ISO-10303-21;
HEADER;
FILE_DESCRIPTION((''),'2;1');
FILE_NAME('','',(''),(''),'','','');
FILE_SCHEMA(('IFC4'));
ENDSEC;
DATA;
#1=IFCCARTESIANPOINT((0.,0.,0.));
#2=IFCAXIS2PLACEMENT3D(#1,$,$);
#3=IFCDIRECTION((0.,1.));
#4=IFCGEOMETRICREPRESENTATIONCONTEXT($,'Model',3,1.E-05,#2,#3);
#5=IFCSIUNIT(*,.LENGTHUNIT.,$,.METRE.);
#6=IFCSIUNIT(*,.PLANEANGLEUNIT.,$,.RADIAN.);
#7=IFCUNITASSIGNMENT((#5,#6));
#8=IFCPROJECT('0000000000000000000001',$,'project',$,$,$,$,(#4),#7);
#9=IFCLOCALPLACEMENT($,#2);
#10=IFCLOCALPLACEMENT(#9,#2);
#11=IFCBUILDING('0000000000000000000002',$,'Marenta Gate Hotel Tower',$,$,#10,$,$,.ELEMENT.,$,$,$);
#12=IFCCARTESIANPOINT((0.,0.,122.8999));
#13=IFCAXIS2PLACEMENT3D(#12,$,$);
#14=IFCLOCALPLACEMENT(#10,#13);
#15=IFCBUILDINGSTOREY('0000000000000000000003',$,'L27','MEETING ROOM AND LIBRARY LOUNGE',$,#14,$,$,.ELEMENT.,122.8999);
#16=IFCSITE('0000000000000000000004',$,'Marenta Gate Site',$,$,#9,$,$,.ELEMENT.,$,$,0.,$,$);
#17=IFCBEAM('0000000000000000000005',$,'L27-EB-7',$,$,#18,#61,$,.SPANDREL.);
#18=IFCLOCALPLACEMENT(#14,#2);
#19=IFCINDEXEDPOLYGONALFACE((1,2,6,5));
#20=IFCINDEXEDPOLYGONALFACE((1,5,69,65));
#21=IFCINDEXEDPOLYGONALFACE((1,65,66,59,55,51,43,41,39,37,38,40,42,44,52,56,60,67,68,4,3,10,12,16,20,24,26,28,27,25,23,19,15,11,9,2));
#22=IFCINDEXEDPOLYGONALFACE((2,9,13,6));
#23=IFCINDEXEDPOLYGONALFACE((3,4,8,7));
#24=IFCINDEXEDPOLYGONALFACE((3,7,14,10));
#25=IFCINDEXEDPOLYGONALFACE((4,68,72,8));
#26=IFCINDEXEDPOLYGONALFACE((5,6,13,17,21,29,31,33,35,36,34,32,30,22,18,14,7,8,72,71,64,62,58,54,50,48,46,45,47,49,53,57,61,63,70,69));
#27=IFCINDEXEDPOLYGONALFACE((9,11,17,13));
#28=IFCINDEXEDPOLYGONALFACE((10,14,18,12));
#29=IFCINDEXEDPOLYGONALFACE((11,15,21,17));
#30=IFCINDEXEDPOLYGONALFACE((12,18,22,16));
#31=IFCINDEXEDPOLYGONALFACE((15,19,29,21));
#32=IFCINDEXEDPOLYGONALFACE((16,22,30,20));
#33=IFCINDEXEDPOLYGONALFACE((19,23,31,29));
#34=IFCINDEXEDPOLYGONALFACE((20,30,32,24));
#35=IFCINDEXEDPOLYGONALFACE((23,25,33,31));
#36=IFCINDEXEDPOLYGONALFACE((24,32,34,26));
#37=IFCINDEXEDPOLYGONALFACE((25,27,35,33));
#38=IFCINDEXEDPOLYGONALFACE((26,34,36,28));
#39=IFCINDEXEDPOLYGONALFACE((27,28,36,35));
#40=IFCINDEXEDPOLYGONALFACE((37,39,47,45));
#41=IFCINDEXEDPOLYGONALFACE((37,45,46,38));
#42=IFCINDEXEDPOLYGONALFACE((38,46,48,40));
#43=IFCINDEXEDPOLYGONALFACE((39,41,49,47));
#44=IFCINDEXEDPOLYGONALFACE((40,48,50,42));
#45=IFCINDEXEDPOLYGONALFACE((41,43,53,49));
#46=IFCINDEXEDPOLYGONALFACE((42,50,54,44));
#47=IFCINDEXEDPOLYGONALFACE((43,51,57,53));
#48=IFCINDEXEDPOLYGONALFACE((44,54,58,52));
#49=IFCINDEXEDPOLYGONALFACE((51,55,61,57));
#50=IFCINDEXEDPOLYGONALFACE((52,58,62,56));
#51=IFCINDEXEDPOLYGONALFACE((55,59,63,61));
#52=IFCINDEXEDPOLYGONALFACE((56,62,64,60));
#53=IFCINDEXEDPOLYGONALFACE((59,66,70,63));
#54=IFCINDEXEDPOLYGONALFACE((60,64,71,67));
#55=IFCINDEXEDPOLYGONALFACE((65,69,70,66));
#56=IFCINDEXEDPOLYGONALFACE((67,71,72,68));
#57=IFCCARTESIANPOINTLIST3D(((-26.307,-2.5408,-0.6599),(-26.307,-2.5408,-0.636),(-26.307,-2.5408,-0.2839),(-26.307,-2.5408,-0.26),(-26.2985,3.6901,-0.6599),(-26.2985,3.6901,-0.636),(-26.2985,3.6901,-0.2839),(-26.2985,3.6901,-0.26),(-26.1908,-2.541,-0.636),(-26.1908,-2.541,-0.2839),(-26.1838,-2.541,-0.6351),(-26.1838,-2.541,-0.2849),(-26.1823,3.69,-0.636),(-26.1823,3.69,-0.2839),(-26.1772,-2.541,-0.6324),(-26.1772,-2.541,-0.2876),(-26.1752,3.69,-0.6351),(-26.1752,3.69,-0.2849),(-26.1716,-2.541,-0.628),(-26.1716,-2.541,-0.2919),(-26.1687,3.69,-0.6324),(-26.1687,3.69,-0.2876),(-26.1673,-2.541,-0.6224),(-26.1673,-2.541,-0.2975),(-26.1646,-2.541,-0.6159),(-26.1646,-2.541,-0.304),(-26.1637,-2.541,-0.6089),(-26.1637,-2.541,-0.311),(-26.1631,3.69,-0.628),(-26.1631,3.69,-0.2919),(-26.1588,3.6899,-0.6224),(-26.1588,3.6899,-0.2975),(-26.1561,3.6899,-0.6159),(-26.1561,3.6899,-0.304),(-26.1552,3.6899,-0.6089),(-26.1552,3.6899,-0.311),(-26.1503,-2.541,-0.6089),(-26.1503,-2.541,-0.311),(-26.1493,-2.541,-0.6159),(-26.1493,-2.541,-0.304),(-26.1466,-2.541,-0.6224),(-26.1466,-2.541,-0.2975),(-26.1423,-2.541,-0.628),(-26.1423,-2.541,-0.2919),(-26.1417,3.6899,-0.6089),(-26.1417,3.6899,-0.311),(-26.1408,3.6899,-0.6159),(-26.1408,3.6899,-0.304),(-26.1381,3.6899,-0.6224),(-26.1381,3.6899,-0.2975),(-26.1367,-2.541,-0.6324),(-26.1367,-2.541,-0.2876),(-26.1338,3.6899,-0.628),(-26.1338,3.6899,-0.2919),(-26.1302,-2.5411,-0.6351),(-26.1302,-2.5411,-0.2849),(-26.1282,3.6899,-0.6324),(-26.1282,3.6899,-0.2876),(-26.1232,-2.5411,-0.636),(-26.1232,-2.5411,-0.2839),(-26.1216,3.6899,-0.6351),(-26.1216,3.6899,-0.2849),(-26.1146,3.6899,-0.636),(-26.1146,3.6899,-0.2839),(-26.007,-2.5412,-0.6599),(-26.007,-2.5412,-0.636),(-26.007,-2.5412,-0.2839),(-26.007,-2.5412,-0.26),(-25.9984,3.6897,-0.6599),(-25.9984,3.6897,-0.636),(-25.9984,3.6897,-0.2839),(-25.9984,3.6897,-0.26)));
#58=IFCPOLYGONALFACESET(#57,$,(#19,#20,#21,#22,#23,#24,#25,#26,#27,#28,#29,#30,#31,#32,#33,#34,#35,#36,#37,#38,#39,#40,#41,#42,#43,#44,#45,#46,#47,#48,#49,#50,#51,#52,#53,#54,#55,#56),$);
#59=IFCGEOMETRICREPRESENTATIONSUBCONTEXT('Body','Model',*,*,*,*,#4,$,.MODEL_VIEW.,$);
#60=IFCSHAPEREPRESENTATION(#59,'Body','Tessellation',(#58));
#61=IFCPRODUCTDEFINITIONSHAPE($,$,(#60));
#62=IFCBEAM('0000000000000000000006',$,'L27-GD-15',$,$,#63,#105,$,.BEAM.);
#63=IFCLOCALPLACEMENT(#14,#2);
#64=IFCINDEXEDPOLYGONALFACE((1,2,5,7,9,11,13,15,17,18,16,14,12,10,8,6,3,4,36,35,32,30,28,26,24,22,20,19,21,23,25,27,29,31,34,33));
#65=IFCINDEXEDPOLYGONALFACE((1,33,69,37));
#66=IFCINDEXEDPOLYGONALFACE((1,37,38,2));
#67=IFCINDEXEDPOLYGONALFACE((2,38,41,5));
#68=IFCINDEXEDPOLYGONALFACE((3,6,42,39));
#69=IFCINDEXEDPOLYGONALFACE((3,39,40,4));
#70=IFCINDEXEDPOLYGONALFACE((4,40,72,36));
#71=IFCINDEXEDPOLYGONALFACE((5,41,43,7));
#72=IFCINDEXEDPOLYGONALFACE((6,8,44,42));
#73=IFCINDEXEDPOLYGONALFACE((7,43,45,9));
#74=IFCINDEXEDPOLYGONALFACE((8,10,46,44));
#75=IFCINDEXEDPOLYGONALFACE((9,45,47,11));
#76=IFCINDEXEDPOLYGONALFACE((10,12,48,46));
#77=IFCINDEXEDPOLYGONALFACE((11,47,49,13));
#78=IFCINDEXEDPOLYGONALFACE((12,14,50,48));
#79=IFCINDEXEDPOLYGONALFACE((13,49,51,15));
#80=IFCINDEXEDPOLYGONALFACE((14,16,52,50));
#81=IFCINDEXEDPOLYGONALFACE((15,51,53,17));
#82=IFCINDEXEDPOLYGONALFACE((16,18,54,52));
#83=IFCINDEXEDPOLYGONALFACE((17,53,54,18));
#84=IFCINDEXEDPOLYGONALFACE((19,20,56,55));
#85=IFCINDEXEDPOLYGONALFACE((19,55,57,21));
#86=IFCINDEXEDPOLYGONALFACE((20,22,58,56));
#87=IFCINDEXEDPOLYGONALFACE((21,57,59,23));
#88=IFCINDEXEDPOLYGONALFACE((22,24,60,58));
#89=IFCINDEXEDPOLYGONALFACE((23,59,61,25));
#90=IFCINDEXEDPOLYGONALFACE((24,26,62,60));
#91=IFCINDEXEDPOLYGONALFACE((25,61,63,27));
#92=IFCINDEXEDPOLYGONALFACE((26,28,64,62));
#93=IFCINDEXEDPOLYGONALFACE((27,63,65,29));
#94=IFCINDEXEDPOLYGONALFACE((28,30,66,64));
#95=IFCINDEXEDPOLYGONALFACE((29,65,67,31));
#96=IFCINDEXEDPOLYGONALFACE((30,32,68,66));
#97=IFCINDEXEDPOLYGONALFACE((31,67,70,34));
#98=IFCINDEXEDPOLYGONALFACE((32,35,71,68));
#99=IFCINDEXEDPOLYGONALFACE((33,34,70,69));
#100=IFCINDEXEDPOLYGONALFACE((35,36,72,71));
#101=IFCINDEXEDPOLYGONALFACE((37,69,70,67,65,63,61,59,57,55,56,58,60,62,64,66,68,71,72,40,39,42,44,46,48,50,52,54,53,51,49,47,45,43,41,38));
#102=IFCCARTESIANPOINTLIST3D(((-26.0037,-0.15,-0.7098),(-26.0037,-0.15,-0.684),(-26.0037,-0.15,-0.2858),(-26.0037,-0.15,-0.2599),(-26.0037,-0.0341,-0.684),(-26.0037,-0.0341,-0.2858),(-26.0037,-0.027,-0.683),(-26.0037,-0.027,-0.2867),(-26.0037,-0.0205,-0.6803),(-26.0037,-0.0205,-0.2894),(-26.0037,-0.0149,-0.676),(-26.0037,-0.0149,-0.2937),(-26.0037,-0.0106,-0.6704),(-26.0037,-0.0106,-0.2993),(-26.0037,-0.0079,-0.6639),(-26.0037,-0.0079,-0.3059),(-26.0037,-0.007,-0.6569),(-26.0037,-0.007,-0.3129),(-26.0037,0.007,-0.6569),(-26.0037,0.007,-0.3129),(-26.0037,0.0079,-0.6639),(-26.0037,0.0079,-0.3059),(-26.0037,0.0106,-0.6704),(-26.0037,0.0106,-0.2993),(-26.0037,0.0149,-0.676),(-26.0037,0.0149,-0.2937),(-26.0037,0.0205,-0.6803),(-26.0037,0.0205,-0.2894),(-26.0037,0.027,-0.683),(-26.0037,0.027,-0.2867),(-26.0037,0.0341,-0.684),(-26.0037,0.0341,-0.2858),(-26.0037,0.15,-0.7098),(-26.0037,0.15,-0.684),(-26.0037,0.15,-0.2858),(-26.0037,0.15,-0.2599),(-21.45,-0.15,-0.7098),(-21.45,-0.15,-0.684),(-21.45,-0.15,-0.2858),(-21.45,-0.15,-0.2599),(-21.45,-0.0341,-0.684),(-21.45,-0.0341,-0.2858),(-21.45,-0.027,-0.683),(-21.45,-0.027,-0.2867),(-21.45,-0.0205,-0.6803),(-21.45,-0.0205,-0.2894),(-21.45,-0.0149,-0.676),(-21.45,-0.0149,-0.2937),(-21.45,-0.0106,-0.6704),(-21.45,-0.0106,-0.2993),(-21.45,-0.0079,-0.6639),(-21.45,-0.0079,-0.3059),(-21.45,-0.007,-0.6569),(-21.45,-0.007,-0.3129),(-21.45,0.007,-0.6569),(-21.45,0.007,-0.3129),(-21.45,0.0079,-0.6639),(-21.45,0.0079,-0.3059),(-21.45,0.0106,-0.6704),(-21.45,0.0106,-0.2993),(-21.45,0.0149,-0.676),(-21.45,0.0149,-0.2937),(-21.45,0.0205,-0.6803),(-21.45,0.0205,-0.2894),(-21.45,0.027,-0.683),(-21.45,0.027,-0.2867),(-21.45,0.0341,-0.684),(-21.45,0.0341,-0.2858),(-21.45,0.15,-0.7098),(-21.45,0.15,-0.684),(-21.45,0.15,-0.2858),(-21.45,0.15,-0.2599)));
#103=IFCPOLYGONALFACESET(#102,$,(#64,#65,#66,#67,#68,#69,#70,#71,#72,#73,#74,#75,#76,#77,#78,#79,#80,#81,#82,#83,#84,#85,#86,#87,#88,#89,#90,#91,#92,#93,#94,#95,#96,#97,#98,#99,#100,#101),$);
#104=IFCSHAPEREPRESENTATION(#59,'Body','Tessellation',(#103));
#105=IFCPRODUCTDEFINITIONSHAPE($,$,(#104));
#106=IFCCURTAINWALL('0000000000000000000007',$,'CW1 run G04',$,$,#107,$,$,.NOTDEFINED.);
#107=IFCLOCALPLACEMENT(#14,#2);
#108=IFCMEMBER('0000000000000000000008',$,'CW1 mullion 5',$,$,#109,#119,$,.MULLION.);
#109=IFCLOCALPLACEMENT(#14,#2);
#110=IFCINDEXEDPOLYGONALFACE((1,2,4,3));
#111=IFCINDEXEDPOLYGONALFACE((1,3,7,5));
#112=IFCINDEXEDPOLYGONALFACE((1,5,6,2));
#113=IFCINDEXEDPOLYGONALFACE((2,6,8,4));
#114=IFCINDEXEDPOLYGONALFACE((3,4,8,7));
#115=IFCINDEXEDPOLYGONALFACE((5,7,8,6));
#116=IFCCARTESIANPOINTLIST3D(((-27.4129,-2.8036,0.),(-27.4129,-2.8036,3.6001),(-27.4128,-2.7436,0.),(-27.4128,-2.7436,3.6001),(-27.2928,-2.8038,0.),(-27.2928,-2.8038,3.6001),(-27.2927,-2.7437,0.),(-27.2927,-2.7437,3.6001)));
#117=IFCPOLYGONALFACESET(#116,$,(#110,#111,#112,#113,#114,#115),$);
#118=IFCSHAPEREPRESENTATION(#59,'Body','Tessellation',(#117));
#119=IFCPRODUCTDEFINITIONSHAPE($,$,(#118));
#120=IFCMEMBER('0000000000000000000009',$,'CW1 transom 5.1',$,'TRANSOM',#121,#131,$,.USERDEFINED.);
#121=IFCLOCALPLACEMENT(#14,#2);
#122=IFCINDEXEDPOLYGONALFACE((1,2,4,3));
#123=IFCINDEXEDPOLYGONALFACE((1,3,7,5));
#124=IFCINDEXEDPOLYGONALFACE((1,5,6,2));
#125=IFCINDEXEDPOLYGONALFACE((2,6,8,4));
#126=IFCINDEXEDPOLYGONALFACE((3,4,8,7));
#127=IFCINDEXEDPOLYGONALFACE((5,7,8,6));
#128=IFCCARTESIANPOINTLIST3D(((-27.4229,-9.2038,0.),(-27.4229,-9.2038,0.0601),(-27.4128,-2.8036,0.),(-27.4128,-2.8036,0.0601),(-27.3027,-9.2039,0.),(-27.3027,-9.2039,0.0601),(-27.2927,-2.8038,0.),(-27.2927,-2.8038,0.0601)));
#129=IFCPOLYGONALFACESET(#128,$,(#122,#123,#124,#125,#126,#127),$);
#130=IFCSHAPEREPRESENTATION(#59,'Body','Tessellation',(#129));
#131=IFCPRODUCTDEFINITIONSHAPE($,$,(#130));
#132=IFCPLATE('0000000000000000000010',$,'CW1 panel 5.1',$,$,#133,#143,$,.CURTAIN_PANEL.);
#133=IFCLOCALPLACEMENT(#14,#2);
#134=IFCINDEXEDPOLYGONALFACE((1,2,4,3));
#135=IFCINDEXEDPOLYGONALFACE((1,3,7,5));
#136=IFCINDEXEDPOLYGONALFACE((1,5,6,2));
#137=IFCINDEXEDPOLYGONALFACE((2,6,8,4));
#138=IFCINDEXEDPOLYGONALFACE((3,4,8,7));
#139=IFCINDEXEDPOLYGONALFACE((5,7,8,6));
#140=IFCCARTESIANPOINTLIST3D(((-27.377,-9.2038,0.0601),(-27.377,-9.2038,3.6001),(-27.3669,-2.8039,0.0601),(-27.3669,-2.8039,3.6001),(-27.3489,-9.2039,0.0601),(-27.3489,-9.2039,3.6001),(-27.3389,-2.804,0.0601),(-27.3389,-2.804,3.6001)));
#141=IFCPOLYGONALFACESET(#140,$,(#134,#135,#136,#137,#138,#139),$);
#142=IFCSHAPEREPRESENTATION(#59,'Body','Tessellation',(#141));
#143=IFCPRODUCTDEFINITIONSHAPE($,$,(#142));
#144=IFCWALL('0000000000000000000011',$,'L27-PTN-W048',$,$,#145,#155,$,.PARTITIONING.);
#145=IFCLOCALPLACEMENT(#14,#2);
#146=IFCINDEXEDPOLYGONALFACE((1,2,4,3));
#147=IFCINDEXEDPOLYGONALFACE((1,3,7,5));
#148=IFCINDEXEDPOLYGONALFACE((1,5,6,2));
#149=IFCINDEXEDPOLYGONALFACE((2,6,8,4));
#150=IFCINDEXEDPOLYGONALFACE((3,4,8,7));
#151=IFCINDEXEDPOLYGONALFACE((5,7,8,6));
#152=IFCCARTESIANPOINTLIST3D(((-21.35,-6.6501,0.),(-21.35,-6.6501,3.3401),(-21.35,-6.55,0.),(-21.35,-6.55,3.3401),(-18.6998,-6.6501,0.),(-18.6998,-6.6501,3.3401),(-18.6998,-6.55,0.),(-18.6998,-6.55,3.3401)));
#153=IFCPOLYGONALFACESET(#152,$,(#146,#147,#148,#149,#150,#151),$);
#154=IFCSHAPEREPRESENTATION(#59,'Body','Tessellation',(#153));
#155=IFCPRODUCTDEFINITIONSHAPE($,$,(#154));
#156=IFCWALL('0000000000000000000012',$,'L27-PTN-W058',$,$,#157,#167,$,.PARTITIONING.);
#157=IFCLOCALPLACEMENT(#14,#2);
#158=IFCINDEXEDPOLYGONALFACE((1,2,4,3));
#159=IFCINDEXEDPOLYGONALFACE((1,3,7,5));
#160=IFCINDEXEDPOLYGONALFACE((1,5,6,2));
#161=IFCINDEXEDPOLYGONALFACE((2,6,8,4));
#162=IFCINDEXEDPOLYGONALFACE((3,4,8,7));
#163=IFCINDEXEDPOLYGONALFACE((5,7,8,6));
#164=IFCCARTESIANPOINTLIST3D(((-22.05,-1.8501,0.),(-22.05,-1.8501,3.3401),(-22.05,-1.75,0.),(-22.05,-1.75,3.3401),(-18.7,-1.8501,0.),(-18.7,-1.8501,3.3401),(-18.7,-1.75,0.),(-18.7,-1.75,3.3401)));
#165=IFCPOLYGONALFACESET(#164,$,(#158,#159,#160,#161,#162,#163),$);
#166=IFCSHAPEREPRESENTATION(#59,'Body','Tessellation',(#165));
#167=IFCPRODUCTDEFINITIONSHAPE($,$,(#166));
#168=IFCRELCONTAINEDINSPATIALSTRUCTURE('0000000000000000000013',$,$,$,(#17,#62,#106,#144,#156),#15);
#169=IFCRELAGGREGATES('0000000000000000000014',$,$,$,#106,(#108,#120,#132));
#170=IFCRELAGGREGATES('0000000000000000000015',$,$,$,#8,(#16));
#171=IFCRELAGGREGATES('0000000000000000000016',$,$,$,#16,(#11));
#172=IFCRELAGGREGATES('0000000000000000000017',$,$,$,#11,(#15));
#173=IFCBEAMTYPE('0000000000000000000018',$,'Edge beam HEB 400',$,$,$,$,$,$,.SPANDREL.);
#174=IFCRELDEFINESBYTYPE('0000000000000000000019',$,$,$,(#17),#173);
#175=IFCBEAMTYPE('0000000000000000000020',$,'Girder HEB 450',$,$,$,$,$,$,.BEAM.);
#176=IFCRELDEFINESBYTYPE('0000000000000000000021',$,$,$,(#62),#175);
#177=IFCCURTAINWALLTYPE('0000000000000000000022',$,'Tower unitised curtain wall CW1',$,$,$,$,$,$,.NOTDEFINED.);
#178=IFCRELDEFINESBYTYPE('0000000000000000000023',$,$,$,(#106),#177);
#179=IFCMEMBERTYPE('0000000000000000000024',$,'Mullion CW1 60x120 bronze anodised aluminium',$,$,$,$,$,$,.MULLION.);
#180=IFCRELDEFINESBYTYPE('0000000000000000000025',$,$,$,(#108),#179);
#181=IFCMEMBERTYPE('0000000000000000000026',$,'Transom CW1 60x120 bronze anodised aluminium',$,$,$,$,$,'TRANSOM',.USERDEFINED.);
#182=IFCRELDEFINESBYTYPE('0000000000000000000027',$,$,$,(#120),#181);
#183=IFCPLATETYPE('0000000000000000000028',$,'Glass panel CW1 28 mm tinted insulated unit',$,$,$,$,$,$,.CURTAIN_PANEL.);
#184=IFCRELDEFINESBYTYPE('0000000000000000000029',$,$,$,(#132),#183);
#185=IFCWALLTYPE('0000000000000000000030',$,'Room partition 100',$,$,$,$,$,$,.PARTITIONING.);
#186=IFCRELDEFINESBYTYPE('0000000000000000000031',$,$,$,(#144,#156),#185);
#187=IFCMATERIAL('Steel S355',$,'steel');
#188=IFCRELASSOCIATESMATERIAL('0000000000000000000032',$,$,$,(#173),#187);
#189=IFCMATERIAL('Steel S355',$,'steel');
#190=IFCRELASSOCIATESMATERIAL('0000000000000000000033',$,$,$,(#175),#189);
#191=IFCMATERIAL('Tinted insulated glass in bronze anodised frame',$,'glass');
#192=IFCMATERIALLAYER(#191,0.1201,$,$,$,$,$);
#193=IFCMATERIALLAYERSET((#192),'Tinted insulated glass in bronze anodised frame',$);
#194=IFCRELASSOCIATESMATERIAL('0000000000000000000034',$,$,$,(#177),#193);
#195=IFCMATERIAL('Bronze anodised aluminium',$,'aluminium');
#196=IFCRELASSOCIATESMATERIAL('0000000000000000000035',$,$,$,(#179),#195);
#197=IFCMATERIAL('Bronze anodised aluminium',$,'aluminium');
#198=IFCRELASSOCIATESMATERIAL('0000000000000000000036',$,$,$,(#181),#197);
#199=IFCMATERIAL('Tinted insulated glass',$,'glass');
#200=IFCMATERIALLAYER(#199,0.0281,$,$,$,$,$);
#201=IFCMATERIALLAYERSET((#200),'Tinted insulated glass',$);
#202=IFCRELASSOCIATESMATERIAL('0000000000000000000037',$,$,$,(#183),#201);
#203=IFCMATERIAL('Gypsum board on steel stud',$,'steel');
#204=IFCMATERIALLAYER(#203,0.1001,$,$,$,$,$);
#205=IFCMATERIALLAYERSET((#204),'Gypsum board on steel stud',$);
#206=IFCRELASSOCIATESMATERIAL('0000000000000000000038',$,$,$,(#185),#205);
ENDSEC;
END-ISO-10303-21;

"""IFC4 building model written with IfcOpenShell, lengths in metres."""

from ifc_helpers import new_model, si_unit, direction, frame, frame_2d, origin, origin_2d, place, context, subcontext, project, spatial, rectangle, i_section, extrude, material, layer, layer_set, material_profile, profile_set, type_object, element, aggregate, save


model = new_model("IFC4")

# Units and contexts
model_context = context("Model", 3, precision=1e-05, world=origin(), true_north=direction((0.0, 1.0)))
body_context = subcontext(model_context, "Body", "Model", "MODEL_VIEW")
ifc_project = project(units=[si_unit("LENGTHUNIT", "METRE"), si_unit("PLANEANGLEUNIT", "RADIAN")], contexts=[model_context])

# Site, building, storey
site_placement = place(None, origin())
site = spatial("IfcSite", under=ifc_project, at=site_placement, Name="Marenta Gate Site", CompositionType="ELEMENT", RefElevation=0.0)
building_placement = place(site_placement, origin())
building = spatial("IfcBuilding", under=site, at=building_placement, Name="Marenta Gate Hotel Tower", CompositionType="ELEMENT")
storey_placement = place(building_placement, frame((0.0, 0.0, 122.8999)))
storey = spatial("IfcBuildingStorey", under=building, at=storey_placement, Name="L27", Description="MEETING ROOM AND LIBRARY LOUNGE", CompositionType="ELEMENT", Elevation=122.8999)

# Beams
ifc_material_1 = material(Name="Steel S355", Category="steel")
ifc_material_profile_1 = material_profile(ifc_material_1, i_section(OverallWidth=0.3, OverallDepth=0.3999, WebThickness=0.0134, FlangeThickness=0.0239, FilletRadius=0.0271, at=origin_2d()), Name="HEB 400")
ifc_profile_set_1 = profile_set([ifc_material_profile_1], Name="Steel S355")
beam_type_1 = type_object("IfcBeamType", Name="Edge beam HEB 400", PredefinedType="SPANDREL", material=ifc_profile_set_1)
beam_1_placement = place(storey_placement, frame((-26.157, -2.541, -0.46), z_axis=(0.001371, 0.999999, 0.0), x_axis=(-0.999999, 0.001371, 0.0)))
element("IfcBeam", 1, at=beam_1_placement, inside=storey, type_object=beam_type_1, Name="L27-EB-7", PredefinedType="SPANDREL", context=body_context, shape_type="SweptSolid", body=[
    extrude(i_section(OverallWidth=0.3, OverallDepth=0.3999, WebThickness=0.0134, FlangeThickness=0.0239, FilletRadius=0.0271, at=origin_2d()), origin(), (0.0, 0.0, 1.0), 6.231),
])
ifc_material_2 = material(Name="Steel S355", Category="steel")
ifc_material_profile_2 = material_profile(ifc_material_2, i_section(OverallWidth=0.3, OverallDepth=0.45, WebThickness=0.0139, FlangeThickness=0.0259, FilletRadius=0.0271, at=origin_2d()), Name="HEB 450")
ifc_profile_set_2 = profile_set([ifc_material_profile_2], Name="Steel S355")
beam_type_2 = type_object("IfcBeamType", Name="Girder HEB 450", PredefinedType="BEAM", material=ifc_profile_set_2)
beam_2_placement = place(storey_placement, frame((-26.0037, 0.0, -0.4849), z_axis=(1.0, 0.0, 0.0), x_axis=(0.0, 1.0, 0.0)))
element("IfcBeam", 2, at=beam_2_placement, inside=storey, type_object=beam_type_2, Name="L27-GD-15", PredefinedType="BEAM", context=body_context, shape_type="SweptSolid", body=[
    extrude(i_section(OverallWidth=0.3, OverallDepth=0.45, WebThickness=0.0139, FlangeThickness=0.0259, FilletRadius=0.0271, at=origin_2d()), origin(), (0.0, 0.0, 1.0), 4.5537),
])

# Curtain wall, members, plate
ifc_material_3 = material(Name="Tinted insulated glass in bronze anodised frame", Category="glass")
ifc_layer_1 = layer(ifc_material_3, 0.1201)
ifc_layer_set_1 = layer_set([ifc_layer_1], Name="Tinted insulated glass in bronze anodised frame")
curtain_wall_type = type_object("IfcCurtainWallType", Name="Tower unitised curtain wall CW1", PredefinedType="NOTDEFINED", material=ifc_layer_set_1)
curtain_wall_placement = place(storey_placement, origin())
curtain_wall = element("IfcCurtainWall", 3, at=curtain_wall_placement, inside=storey, type_object=curtain_wall_type, Name="CW1 run G04", PredefinedType="NOTDEFINED")
ifc_material_4 = material(Name="Bronze anodised aluminium", Category="aluminium")
ifc_material_profile_3 = material_profile(ifc_material_4, rectangle(XDim=0.1201, YDim=0.0601, at=origin_2d()), Name="Mullion CW1 60x120 bronze anodised aluminium")
ifc_profile_set_3 = profile_set([ifc_material_profile_3], Name="Bronze anodised aluminium")
member_type_1 = type_object("IfcMemberType", Name="Mullion CW1 60x120 bronze anodised aluminium", PredefinedType="MULLION", material=ifc_profile_set_3)
member_1_placement = place(storey_placement, frame((-27.3528, -2.7737, 0.0), z_axis=(0.0, 0.0, 1.0), x_axis=(0.999999, -0.001566, 0.0)))
member_1 = element("IfcMember", 4, at=member_1_placement, type_object=member_type_1, Name="CW1 mullion 5", PredefinedType="MULLION", context=body_context, shape_type="SweptSolid", body=[
    extrude(rectangle(XDim=0.1201, YDim=0.0601, at=origin_2d()), origin(), (0.0, 0.0, 1.0), 3.6001),
])
ifc_material_5 = material(Name="Bronze anodised aluminium", Category="aluminium")
ifc_material_profile_4 = material_profile(ifc_material_5, rectangle(XDim=0.1201, YDim=0.0601, at=origin_2d()), Name="Transom CW1 60x120 bronze anodised aluminium")
ifc_profile_set_4 = profile_set([ifc_material_profile_4], Name="Bronze anodised aluminium")
member_type_2 = type_object("IfcMemberType", Name="Transom CW1 60x120 bronze anodised aluminium", ElementType="TRANSOM", PredefinedType="USERDEFINED", material=ifc_profile_set_4)
member_2_placement = place(storey_placement, frame((-27.3528, -2.8037, 0.03), z_axis=(-0.001564, -0.999999, 0.0), x_axis=(0.999999, -0.001564, 0.0)))
member_2 = element("IfcMember", 5, at=member_2_placement, type_object=member_type_2, Name="CW1 transom 5.1", ObjectType="TRANSOM", PredefinedType="USERDEFINED", context=body_context, shape_type="SweptSolid", body=[
    extrude(rectangle(XDim=0.1201, YDim=0.0601, at=origin_2d()), origin(), (0.0, 0.0, 1.0), 6.4001),
])
ifc_material_6 = material(Name="Tinted insulated glass", Category="glass")
ifc_layer_2 = layer(ifc_material_6, 0.0281)
ifc_layer_set_2 = layer_set([ifc_layer_2], Name="Tinted insulated glass")
plate_type = type_object("IfcPlateType", Name="Glass panel CW1 28 mm tinted insulated unit", PredefinedType="CURTAIN_PANEL", material=ifc_layer_set_2)
plate_placement = place(storey_placement, frame((-27.3579, -6.0039, 0.0601), z_axis=(0.0, 0.0, 1.0), x_axis=(-0.001566, -0.999999, 0.0)))
plate = element("IfcPlate", 6, at=plate_placement, type_object=plate_type, Name="CW1 panel 5.1", PredefinedType="CURTAIN_PANEL", context=body_context, shape_type="SweptSolid", body=[
    extrude(rectangle(XDim=6.3999, YDim=0.0281, at=origin_2d()), origin(), (0.0, 0.0, 1.0), 3.54),
])
aggregate(curtain_wall, [member_1, member_2, plate])

# Walls
ifc_material_7 = material(Name="Gypsum board on steel stud", Category="steel")
ifc_layer_3 = layer(ifc_material_7, 0.1001)
ifc_layer_set_3 = layer_set([ifc_layer_3], Name="Gypsum board on steel stud")
wall_type_1 = type_object("IfcWallType", Name="Room partition 100", PredefinedType="PARTITIONING", material=ifc_layer_set_3)
wall_1_placement = place(storey_placement, frame((-21.3501, -6.6001, 0.0), z_axis=(0.0, 0.0, 1.0), x_axis=(1.0, 0.0, 0.0)))
element("IfcWall", 7, at=wall_1_placement, inside=storey, type_object=wall_type_1, Name="L27-PTN-W048", PredefinedType="PARTITIONING", context=body_context, shape_type="SweptSolid", body=[
    extrude(rectangle(XDim=2.6501, YDim=0.1001, at=frame_2d((1.3252, 0.0))), origin(), (0.0, 0.0, 1.0), 3.3401),
])
wall_2_placement = place(storey_placement, frame((-22.05, -1.8, 0.0), z_axis=(0.0, 0.0, 1.0), x_axis=(1.0, 0.0, 0.0)))
element("IfcWall", 8, at=wall_2_placement, inside=storey, type_object=wall_type_1, Name="L27-PTN-W058", PredefinedType="PARTITIONING", context=body_context, shape_type="SweptSolid", body=[
    extrude(rectangle(XDim=3.3501, YDim=0.1001, at=frame_2d((1.675, 0.0))), origin(), (0.0, 0.0, 1.0), 3.3401),
])

save(model, "model.ifc")
